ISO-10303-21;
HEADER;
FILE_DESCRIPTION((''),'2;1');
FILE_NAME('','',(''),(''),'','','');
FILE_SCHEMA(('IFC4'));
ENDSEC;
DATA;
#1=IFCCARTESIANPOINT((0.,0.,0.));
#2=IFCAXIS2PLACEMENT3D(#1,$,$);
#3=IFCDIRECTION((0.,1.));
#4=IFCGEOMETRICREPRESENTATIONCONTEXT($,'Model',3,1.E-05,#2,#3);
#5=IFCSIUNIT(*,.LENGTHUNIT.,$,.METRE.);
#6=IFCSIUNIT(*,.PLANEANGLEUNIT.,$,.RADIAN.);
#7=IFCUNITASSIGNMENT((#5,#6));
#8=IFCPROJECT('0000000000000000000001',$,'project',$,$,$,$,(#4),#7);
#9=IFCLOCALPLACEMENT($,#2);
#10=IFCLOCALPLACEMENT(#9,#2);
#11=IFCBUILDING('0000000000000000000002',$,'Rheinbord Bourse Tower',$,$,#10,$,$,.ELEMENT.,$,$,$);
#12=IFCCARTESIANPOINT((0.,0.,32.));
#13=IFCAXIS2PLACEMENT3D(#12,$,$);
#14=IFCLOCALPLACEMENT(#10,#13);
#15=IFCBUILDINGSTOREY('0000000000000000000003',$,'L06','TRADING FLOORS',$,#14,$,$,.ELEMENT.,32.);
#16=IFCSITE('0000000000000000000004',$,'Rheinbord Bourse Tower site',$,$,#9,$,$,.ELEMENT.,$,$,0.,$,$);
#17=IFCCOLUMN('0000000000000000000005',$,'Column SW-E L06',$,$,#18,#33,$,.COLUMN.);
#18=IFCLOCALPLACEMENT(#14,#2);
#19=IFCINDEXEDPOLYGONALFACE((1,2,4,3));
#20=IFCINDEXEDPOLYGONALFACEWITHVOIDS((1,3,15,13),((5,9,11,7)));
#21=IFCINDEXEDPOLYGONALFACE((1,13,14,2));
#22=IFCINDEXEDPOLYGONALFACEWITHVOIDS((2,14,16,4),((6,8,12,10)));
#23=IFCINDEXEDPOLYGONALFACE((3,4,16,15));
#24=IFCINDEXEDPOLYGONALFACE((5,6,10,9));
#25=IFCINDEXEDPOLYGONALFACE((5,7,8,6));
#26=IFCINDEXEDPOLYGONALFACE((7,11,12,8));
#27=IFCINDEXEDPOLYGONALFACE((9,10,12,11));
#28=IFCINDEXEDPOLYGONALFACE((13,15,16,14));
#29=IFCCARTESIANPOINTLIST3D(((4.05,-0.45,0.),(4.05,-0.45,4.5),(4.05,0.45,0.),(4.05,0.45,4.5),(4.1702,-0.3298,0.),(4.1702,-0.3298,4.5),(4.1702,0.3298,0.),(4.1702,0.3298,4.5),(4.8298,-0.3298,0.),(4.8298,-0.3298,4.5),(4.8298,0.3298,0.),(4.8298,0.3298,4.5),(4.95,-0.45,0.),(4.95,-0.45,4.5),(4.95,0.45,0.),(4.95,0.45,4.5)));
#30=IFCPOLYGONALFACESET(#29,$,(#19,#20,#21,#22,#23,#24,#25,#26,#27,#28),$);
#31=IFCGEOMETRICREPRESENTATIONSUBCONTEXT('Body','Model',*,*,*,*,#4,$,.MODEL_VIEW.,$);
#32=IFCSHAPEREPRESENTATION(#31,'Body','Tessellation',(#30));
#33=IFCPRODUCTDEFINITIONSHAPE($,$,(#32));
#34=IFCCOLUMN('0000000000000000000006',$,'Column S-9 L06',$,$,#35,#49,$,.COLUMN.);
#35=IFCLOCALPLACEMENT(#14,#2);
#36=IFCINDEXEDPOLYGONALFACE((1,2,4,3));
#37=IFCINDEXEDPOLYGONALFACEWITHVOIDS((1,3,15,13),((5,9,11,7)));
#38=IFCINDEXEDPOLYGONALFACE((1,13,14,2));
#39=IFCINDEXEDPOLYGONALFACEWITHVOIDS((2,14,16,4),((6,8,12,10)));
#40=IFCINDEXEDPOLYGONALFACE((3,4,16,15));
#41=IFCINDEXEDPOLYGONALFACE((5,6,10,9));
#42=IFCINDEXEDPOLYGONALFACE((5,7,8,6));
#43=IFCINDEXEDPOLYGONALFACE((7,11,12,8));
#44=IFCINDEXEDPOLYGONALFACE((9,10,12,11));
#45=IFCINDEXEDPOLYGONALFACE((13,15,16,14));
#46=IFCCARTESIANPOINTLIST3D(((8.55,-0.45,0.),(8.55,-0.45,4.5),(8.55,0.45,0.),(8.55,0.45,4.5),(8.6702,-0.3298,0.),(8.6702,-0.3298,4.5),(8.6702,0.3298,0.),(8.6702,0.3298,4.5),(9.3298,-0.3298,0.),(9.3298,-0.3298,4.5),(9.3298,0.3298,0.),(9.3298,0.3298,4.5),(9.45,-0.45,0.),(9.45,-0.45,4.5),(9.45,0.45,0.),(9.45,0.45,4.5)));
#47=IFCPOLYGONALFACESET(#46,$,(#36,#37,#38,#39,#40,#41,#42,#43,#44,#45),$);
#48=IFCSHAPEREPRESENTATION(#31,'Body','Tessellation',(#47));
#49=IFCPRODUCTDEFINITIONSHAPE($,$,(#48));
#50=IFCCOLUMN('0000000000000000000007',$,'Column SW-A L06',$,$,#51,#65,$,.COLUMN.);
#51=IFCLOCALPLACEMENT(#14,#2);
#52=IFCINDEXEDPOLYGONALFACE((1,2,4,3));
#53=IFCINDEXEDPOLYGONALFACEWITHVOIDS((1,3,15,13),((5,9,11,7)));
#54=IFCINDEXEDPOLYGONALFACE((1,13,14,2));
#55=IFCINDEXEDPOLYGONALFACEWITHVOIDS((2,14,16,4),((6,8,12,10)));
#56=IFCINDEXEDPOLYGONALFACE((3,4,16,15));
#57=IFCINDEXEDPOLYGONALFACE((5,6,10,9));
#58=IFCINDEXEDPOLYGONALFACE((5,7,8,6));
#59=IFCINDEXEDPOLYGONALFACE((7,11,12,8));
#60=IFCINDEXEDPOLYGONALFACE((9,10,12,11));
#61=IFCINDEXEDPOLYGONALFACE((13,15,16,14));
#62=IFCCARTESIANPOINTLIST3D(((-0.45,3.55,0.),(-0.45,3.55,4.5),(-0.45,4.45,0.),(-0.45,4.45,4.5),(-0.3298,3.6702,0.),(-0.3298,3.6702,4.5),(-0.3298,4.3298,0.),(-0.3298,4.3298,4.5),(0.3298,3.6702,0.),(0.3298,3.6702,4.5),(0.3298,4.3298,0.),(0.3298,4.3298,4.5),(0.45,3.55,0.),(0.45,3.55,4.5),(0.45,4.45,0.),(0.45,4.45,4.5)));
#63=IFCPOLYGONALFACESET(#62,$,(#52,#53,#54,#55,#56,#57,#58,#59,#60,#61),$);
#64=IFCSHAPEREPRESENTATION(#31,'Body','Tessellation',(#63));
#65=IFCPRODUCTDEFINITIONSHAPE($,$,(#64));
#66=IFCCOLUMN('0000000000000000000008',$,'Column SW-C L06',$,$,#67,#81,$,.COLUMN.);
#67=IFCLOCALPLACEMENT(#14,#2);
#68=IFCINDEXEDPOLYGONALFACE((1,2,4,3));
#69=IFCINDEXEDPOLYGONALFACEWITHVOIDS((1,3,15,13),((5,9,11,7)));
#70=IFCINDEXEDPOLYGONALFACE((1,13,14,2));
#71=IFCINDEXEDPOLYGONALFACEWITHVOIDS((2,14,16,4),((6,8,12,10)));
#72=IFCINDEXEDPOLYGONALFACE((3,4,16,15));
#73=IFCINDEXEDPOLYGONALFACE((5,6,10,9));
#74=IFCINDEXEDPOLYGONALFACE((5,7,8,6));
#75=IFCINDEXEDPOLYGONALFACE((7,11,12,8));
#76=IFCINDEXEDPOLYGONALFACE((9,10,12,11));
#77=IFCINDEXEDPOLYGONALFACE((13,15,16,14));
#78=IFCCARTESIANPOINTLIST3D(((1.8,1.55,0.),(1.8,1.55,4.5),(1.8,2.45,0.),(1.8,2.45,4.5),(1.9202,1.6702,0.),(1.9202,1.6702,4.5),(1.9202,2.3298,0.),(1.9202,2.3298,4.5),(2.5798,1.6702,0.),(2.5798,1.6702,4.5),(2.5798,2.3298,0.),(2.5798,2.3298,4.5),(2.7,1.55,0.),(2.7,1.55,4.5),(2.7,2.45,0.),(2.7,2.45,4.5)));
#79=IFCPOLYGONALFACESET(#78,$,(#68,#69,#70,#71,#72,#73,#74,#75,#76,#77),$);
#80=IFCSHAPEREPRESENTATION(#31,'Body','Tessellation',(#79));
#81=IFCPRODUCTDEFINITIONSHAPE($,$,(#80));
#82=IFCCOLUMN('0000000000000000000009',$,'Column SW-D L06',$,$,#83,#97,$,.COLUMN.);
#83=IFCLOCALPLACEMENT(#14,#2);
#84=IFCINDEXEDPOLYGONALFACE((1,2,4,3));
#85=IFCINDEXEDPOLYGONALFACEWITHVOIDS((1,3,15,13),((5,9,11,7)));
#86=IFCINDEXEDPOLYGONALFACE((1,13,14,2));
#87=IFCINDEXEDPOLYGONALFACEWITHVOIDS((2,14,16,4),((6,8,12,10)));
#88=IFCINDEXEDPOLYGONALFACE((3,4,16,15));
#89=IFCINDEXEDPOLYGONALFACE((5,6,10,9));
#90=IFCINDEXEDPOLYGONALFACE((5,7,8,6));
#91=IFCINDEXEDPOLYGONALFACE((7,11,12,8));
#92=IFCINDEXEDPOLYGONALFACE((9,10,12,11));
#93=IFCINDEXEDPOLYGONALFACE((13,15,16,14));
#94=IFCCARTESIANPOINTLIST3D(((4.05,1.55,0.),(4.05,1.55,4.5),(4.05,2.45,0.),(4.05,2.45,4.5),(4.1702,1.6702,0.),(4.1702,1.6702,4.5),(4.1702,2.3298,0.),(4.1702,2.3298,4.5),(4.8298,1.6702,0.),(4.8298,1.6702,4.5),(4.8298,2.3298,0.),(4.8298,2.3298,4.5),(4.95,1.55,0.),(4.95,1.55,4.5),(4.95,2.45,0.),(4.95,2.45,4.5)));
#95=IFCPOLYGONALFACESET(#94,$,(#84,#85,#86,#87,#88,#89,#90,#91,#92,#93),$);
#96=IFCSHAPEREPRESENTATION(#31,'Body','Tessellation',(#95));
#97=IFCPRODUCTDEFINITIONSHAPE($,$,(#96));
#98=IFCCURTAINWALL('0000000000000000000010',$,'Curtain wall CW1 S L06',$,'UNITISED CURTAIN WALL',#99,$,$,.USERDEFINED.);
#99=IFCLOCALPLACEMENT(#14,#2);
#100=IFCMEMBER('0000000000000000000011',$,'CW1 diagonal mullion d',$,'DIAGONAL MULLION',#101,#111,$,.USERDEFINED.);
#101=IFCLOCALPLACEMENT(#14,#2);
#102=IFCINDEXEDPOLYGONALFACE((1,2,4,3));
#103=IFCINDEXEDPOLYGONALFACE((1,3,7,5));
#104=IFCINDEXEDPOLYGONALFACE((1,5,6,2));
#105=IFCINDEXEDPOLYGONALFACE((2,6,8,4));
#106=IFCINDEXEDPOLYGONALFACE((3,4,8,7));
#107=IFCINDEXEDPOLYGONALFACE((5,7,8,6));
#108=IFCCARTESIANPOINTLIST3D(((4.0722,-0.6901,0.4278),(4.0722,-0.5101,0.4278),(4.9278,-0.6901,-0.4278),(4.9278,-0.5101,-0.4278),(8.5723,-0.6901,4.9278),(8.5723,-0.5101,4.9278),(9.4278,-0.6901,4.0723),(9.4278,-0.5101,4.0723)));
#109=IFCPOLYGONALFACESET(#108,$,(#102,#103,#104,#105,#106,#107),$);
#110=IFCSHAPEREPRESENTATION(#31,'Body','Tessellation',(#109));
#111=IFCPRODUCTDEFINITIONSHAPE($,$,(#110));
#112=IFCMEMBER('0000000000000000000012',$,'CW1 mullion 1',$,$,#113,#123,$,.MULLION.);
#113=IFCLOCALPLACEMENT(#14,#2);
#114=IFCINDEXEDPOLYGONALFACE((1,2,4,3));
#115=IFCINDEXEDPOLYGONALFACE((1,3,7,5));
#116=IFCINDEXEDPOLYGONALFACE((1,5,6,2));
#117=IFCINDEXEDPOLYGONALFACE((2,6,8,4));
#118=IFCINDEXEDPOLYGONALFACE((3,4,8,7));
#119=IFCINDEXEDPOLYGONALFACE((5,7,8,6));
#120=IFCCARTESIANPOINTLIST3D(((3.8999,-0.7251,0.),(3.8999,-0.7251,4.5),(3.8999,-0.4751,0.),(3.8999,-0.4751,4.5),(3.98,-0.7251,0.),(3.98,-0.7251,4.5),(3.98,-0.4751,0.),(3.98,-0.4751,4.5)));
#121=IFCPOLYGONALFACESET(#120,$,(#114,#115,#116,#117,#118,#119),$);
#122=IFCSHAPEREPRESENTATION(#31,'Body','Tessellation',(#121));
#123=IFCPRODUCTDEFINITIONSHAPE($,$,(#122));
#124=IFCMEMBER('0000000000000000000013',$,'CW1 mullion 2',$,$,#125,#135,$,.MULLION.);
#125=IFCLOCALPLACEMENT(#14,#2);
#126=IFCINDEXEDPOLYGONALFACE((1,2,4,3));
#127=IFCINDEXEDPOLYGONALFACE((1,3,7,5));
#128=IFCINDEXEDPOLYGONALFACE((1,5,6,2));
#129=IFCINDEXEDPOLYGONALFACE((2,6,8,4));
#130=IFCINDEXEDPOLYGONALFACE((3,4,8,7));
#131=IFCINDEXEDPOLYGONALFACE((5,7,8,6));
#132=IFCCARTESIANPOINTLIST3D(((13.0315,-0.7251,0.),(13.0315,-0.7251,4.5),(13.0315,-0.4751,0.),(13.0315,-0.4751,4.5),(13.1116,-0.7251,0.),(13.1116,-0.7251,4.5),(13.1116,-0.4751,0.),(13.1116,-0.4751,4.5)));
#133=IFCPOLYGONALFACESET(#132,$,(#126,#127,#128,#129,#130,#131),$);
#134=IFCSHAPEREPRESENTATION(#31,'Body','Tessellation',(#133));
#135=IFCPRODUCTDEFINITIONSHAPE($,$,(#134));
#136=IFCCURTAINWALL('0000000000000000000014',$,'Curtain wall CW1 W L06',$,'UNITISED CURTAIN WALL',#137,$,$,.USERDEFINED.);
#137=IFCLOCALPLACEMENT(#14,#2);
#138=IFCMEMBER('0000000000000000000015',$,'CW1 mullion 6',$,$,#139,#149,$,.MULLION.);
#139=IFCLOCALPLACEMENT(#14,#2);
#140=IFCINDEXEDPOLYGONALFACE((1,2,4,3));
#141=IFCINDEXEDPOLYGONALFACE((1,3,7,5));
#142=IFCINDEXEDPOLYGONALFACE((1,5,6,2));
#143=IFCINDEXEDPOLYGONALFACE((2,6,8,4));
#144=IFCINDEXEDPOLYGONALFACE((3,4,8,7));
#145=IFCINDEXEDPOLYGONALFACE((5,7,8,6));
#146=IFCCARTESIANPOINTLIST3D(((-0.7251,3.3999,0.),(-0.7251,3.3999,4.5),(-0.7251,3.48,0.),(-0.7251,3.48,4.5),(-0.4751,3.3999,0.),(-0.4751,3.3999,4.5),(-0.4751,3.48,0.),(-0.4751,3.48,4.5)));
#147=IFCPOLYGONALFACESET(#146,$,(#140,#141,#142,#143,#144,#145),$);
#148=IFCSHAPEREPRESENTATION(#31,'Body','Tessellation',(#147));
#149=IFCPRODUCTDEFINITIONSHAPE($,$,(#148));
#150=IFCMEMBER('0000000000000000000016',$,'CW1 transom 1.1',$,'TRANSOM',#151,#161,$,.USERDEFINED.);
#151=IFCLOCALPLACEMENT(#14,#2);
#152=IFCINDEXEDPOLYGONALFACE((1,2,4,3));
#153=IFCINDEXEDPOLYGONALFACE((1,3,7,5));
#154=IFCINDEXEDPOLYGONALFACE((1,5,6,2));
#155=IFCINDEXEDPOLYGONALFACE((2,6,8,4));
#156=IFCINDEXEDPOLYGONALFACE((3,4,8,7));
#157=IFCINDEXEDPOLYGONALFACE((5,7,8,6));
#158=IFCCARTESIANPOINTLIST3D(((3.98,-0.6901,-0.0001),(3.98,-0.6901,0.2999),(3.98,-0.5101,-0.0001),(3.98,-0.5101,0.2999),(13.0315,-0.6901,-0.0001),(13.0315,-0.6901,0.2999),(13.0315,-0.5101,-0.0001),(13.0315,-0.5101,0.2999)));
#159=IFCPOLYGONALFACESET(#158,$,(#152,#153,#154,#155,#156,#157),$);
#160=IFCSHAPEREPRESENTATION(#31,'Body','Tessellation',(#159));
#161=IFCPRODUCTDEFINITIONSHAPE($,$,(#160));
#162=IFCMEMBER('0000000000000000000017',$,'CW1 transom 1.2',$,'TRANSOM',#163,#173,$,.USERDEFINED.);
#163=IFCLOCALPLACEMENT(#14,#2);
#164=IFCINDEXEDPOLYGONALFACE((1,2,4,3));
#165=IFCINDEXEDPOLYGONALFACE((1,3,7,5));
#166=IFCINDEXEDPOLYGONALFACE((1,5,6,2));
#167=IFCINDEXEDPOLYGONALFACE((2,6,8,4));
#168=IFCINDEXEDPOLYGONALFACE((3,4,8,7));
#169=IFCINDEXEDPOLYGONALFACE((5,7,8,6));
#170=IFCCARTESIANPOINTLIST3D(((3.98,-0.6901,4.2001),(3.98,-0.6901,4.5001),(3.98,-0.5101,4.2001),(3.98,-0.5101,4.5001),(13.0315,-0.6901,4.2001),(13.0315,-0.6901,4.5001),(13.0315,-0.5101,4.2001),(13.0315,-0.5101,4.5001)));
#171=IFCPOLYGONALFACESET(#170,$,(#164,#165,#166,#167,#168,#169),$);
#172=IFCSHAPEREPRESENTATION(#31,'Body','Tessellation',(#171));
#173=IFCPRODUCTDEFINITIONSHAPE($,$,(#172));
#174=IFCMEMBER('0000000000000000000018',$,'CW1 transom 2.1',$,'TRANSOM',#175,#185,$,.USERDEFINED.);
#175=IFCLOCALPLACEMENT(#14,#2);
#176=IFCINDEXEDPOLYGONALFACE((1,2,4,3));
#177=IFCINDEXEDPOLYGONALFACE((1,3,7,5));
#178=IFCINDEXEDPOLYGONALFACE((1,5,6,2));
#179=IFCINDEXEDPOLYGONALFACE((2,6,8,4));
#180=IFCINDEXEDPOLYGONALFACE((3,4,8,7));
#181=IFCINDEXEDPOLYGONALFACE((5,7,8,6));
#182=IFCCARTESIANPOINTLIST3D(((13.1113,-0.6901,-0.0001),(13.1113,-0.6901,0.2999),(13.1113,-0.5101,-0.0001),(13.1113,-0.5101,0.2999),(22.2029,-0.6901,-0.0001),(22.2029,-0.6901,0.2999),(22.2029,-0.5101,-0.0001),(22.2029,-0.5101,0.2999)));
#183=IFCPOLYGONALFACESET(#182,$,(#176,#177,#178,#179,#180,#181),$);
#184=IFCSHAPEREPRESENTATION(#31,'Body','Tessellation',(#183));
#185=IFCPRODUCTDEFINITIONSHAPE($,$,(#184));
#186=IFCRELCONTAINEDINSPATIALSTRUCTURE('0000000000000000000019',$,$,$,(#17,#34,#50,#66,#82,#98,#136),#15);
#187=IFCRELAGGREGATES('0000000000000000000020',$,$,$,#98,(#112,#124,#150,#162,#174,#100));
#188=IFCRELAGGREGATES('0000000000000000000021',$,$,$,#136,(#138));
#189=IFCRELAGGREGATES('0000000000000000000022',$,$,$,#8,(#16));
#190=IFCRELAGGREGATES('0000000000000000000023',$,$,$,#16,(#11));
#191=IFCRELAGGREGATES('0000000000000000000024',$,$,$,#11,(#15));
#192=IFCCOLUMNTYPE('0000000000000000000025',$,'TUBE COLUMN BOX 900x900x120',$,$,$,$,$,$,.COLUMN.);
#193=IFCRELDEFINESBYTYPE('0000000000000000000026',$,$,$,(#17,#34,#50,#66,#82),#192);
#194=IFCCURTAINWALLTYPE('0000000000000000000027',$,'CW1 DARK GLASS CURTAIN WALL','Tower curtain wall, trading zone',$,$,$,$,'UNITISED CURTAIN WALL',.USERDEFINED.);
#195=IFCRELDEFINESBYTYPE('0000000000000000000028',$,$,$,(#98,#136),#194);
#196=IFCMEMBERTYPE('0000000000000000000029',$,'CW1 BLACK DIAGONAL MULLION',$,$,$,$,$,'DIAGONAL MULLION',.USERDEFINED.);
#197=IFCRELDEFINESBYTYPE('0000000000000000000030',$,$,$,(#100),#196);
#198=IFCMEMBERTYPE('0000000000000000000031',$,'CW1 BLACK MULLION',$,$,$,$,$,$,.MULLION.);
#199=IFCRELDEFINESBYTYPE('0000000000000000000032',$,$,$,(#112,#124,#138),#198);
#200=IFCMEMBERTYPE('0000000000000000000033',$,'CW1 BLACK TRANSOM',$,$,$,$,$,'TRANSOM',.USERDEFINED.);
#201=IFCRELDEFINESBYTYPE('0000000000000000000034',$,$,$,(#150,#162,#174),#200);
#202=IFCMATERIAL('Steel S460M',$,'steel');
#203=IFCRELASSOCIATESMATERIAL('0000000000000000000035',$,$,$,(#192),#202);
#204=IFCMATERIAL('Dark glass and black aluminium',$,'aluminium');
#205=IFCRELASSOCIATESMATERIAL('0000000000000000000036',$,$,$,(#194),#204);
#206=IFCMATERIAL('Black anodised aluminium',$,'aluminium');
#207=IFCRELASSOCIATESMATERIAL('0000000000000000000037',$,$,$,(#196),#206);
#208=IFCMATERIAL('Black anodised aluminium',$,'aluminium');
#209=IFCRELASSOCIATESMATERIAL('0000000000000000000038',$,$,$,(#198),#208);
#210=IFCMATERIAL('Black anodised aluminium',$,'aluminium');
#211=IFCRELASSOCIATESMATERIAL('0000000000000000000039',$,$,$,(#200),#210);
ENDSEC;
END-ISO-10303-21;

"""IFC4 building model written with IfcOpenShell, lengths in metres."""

from ifc_helpers import new_model, si_unit, direction, frame, origin, origin_2d, place, context, subcontext, project, spatial, rectangle, hollow_rectangle, extrude, material, material_profile, profile_set, type_object, element, aggregate, save


model = new_model("IFC4")

# Units and contexts
model_context = context("Model", 3, precision=1e-05, world=origin(), true_north=direction((0.0, 1.0)))
body_context = subcontext(model_context, "Body", "Model", "MODEL_VIEW")
ifc_project = project(units=[si_unit("LENGTHUNIT", "METRE"), si_unit("PLANEANGLEUNIT", "RADIAN")], contexts=[model_context])

# Site, building, storey
site_placement = place(None, origin())
site = spatial("IfcSite", under=ifc_project, at=site_placement, Name="Rheinbord Bourse Tower site", CompositionType="ELEMENT", RefElevation=0.0)
building_placement = place(site_placement, origin())
building = spatial("IfcBuilding", under=site, at=building_placement, Name="Rheinbord Bourse Tower", CompositionType="ELEMENT")
storey_placement = place(building_placement, frame((0.0, 0.0, 32.0)))
storey = spatial("IfcBuildingStorey", under=building, at=storey_placement, Name="L06", Description="TRADING FLOORS", CompositionType="ELEMENT", Elevation=32.0)

# Columns
ifc_material_1 = material(Name="Steel S460M", Category="steel")
ifc_material_profile_1 = material_profile(ifc_material_1, hollow_rectangle(XDim=0.8999, YDim=0.8999, WallThickness=0.1201, at=origin_2d()), Name="BOX 900x900x120")
ifc_profile_set_1 = profile_set([ifc_material_profile_1], Name="Steel S460M")
column_type = type_object("IfcColumnType", Name="TUBE COLUMN BOX 900x900x120", PredefinedType="COLUMN", material=ifc_profile_set_1)
for number, where, z_axis, x_axis, name in (
    (1, (4.5, 0.0, 0.0), (0.0, 0.0, 1.0), (0.0, 1.0, 0.0), "Column SW-E L06"),
    (2, (9.0, 0.0, 0.0), (0.0, 0.0, 1.0), (0.0, 1.0, 0.0), "Column S-9 L06"),
    (3, (0.0, 4.0, 0.0), (0.0, 0.0, 1.0), (1.0, 0.0, 0.0), "Column SW-A L06"),
    (4, (2.25, 2.0, 0.0), (0.0, 0.0, 1.0), (1.0, 0.0, 0.0), "Column SW-C L06"),
    (5, (4.5, 2.0, 0.0), (0.0, 0.0, 1.0), (0.0, 1.0, 0.0), "Column SW-D L06"),
):
    element("IfcColumn", number, at=place(storey_placement, frame(where, z_axis=z_axis, x_axis=x_axis)), inside=storey, type_object=column_type, Name=name, PredefinedType="COLUMN", context=body_context, shape_type="SweptSolid", body=[
        extrude(hollow_rectangle(XDim=0.8999, YDim=0.8999, WallThickness=0.1201, at=origin_2d()), origin(), (0.0, 0.0, 1.0), 4.5),
    ])

# Curtain wall, members
ifc_material_2 = material(Name="Dark glass and black aluminium", Category="aluminium")
curtain_wall_type = type_object("IfcCurtainWallType", Name="CW1 DARK GLASS CURTAIN WALL", Description="Tower curtain wall, trading zone", ElementType="UNITISED CURTAIN WALL", PredefinedType="USERDEFINED", material=ifc_material_2)
curtain_wall_1_placement = place(storey_placement, origin())
curtain_wall_1 = element("IfcCurtainWall", 6, at=curtain_wall_1_placement, inside=storey, type_object=curtain_wall_type, Name="Curtain wall CW1 S L06", ObjectType="UNITISED CURTAIN WALL", PredefinedType="USERDEFINED")
ifc_material_3 = material(Name="Black anodised aluminium", Category="aluminium")
ifc_material_profile_2 = material_profile(ifc_material_3, rectangle(XDim=0.1799, YDim=1.21, at=origin_2d()), Name="CW1 DIAGONAL MULLION 1210x180")
ifc_profile_set_2 = profile_set([ifc_material_profile_2], Name="Black anodised aluminium")
member_type_1 = type_object("IfcMemberType", Name="CW1 BLACK DIAGONAL MULLION", ElementType="DIAGONAL MULLION", PredefinedType="USERDEFINED", material=ifc_profile_set_2)
member_1_placement = place(storey_placement, frame((4.5, -0.6001, 0.0), z_axis=(0.707107, 0.0, 0.707107), x_axis=(0.0, 1.0, 0.0)))
member_1 = element("IfcMember", 7, at=member_1_placement, type_object=member_type_1, Name="CW1 diagonal mullion d", ObjectType="DIAGONAL MULLION", PredefinedType="USERDEFINED", context=body_context, shape_type="SweptSolid", body=[
    extrude(rectangle(XDim=0.1799, YDim=1.21, at=origin_2d()), origin(), (0.0, 0.0, 1.0), 6.364),
])
ifc_material_4 = material(Name="Black anodised aluminium", Category="aluminium")
ifc_material_profile_3 = material_profile(ifc_material_4, rectangle(XDim=0.25, YDim=0.0801, at=origin_2d()), Name="CW1 MULLION 80x250")
ifc_profile_set_3 = profile_set([ifc_material_profile_3], Name="Black anodised aluminium")
member_type_2 = type_object("IfcMemberType", Name="CW1 BLACK MULLION", PredefinedType="MULLION", material=ifc_profile_set_3)
member_2_placement = place(storey_placement, frame((3.9399, -0.6001, 0.0), z_axis=(0.0, 0.0, 1.0), x_axis=(0.0, 1.0, 0.0)))
member_2 = element("IfcMember", 8, at=member_2_placement, type_object=member_type_2, Name="CW1 mullion 1", PredefinedType="MULLION", context=body_context, shape_type="SweptSolid", body=[
    extrude(rectangle(XDim=0.25, YDim=0.0801, at=origin_2d()), origin(), (0.0, 0.0, 1.0), 4.5),
])
member_3_placement = place(storey_placement, frame((13.0715, -0.6001, 0.0), z_axis=(0.0, 0.0, 1.0), x_axis=(0.0, 1.0, 0.0)))
member_3 = element("IfcMember", 9, at=member_3_placement, type_object=member_type_2, Name="CW1 mullion 2", PredefinedType="MULLION", context=body_context, shape_type="SweptSolid", body=[
    extrude(rectangle(XDim=0.25, YDim=0.0801, at=origin_2d()), origin(), (0.0, 0.0, 1.0), 4.5),
])

# Curtain wall, member
curtain_wall_2_placement = place(storey_placement, origin())
curtain_wall_2 = element("IfcCurtainWall", 10, at=curtain_wall_2_placement, inside=storey, type_object=curtain_wall_type, Name="Curtain wall CW1 W L06", ObjectType="UNITISED CURTAIN WALL", PredefinedType="USERDEFINED")
member_4_placement = place(storey_placement, frame((-0.6001, 3.4399, 0.0), z_axis=(0.0, 0.0, 1.0), x_axis=(1.0, 0.0, 0.0)))
member_4 = element("IfcMember", 11, at=member_4_placement, type_object=member_type_2, Name="CW1 mullion 6", PredefinedType="MULLION", context=body_context, shape_type="SweptSolid", body=[
    extrude(rectangle(XDim=0.25, YDim=0.0801, at=origin_2d()), origin(), (0.0, 0.0, 1.0), 4.5),
])

# Members
ifc_material_5 = material(Name="Black anodised aluminium", Category="aluminium")
ifc_material_profile_4 = material_profile(ifc_material_5, rectangle(XDim=0.1799, YDim=0.3, at=origin_2d()), Name="CW1 TRANSOM 300x180")
ifc_profile_set_4 = profile_set([ifc_material_profile_4], Name="Black anodised aluminium")
member_type_3 = type_object("IfcMemberType", Name="CW1 BLACK TRANSOM", ElementType="TRANSOM", PredefinedType="USERDEFINED", material=ifc_profile_set_4)
member_5_placement = place(storey_placement, frame((3.98, -0.6001, 0.1499), z_axis=(1.0, 0.0, 0.0), x_axis=(0.0, 1.0, 0.0)))
member_5 = element("IfcMember", 12, at=member_5_placement, type_object=member_type_3, Name="CW1 transom 1.1", ObjectType="TRANSOM", PredefinedType="USERDEFINED", context=body_context, shape_type="SweptSolid", body=[
    extrude(rectangle(XDim=0.1799, YDim=0.3, at=origin_2d()), origin(), (0.0, 0.0, 1.0), 9.0515),
])
member_6_placement = place(storey_placement, frame((3.98, -0.6001, 4.3501), z_axis=(1.0, 0.0, 0.0), x_axis=(0.0, 1.0, 0.0)))
member_6 = element("IfcMember", 13, at=member_6_placement, type_object=member_type_3, Name="CW1 transom 1.2", ObjectType="TRANSOM", PredefinedType="USERDEFINED", context=body_context, shape_type="SweptSolid", body=[
    extrude(rectangle(XDim=0.1799, YDim=0.3, at=origin_2d()), origin(), (0.0, 0.0, 1.0), 9.0515),
])
member_7_placement = place(storey_placement, frame((13.1113, -0.6001, 0.1499), z_axis=(1.0, 0.0, 0.0), x_axis=(0.0, 1.0, 0.0)))
member_7 = element("IfcMember", 14, at=member_7_placement, type_object=member_type_3, Name="CW1 transom 2.1", ObjectType="TRANSOM", PredefinedType="USERDEFINED", context=body_context, shape_type="SweptSolid", body=[
    extrude(rectangle(XDim=0.1799, YDim=0.3, at=origin_2d()), origin(), (0.0, 0.0, 1.0), 9.0916),
])

aggregate(curtain_wall_1, [member_2, member_3, member_5, member_6, member_7, member_1])
aggregate(curtain_wall_2, [member_4])

save(model, "model.ifc")
